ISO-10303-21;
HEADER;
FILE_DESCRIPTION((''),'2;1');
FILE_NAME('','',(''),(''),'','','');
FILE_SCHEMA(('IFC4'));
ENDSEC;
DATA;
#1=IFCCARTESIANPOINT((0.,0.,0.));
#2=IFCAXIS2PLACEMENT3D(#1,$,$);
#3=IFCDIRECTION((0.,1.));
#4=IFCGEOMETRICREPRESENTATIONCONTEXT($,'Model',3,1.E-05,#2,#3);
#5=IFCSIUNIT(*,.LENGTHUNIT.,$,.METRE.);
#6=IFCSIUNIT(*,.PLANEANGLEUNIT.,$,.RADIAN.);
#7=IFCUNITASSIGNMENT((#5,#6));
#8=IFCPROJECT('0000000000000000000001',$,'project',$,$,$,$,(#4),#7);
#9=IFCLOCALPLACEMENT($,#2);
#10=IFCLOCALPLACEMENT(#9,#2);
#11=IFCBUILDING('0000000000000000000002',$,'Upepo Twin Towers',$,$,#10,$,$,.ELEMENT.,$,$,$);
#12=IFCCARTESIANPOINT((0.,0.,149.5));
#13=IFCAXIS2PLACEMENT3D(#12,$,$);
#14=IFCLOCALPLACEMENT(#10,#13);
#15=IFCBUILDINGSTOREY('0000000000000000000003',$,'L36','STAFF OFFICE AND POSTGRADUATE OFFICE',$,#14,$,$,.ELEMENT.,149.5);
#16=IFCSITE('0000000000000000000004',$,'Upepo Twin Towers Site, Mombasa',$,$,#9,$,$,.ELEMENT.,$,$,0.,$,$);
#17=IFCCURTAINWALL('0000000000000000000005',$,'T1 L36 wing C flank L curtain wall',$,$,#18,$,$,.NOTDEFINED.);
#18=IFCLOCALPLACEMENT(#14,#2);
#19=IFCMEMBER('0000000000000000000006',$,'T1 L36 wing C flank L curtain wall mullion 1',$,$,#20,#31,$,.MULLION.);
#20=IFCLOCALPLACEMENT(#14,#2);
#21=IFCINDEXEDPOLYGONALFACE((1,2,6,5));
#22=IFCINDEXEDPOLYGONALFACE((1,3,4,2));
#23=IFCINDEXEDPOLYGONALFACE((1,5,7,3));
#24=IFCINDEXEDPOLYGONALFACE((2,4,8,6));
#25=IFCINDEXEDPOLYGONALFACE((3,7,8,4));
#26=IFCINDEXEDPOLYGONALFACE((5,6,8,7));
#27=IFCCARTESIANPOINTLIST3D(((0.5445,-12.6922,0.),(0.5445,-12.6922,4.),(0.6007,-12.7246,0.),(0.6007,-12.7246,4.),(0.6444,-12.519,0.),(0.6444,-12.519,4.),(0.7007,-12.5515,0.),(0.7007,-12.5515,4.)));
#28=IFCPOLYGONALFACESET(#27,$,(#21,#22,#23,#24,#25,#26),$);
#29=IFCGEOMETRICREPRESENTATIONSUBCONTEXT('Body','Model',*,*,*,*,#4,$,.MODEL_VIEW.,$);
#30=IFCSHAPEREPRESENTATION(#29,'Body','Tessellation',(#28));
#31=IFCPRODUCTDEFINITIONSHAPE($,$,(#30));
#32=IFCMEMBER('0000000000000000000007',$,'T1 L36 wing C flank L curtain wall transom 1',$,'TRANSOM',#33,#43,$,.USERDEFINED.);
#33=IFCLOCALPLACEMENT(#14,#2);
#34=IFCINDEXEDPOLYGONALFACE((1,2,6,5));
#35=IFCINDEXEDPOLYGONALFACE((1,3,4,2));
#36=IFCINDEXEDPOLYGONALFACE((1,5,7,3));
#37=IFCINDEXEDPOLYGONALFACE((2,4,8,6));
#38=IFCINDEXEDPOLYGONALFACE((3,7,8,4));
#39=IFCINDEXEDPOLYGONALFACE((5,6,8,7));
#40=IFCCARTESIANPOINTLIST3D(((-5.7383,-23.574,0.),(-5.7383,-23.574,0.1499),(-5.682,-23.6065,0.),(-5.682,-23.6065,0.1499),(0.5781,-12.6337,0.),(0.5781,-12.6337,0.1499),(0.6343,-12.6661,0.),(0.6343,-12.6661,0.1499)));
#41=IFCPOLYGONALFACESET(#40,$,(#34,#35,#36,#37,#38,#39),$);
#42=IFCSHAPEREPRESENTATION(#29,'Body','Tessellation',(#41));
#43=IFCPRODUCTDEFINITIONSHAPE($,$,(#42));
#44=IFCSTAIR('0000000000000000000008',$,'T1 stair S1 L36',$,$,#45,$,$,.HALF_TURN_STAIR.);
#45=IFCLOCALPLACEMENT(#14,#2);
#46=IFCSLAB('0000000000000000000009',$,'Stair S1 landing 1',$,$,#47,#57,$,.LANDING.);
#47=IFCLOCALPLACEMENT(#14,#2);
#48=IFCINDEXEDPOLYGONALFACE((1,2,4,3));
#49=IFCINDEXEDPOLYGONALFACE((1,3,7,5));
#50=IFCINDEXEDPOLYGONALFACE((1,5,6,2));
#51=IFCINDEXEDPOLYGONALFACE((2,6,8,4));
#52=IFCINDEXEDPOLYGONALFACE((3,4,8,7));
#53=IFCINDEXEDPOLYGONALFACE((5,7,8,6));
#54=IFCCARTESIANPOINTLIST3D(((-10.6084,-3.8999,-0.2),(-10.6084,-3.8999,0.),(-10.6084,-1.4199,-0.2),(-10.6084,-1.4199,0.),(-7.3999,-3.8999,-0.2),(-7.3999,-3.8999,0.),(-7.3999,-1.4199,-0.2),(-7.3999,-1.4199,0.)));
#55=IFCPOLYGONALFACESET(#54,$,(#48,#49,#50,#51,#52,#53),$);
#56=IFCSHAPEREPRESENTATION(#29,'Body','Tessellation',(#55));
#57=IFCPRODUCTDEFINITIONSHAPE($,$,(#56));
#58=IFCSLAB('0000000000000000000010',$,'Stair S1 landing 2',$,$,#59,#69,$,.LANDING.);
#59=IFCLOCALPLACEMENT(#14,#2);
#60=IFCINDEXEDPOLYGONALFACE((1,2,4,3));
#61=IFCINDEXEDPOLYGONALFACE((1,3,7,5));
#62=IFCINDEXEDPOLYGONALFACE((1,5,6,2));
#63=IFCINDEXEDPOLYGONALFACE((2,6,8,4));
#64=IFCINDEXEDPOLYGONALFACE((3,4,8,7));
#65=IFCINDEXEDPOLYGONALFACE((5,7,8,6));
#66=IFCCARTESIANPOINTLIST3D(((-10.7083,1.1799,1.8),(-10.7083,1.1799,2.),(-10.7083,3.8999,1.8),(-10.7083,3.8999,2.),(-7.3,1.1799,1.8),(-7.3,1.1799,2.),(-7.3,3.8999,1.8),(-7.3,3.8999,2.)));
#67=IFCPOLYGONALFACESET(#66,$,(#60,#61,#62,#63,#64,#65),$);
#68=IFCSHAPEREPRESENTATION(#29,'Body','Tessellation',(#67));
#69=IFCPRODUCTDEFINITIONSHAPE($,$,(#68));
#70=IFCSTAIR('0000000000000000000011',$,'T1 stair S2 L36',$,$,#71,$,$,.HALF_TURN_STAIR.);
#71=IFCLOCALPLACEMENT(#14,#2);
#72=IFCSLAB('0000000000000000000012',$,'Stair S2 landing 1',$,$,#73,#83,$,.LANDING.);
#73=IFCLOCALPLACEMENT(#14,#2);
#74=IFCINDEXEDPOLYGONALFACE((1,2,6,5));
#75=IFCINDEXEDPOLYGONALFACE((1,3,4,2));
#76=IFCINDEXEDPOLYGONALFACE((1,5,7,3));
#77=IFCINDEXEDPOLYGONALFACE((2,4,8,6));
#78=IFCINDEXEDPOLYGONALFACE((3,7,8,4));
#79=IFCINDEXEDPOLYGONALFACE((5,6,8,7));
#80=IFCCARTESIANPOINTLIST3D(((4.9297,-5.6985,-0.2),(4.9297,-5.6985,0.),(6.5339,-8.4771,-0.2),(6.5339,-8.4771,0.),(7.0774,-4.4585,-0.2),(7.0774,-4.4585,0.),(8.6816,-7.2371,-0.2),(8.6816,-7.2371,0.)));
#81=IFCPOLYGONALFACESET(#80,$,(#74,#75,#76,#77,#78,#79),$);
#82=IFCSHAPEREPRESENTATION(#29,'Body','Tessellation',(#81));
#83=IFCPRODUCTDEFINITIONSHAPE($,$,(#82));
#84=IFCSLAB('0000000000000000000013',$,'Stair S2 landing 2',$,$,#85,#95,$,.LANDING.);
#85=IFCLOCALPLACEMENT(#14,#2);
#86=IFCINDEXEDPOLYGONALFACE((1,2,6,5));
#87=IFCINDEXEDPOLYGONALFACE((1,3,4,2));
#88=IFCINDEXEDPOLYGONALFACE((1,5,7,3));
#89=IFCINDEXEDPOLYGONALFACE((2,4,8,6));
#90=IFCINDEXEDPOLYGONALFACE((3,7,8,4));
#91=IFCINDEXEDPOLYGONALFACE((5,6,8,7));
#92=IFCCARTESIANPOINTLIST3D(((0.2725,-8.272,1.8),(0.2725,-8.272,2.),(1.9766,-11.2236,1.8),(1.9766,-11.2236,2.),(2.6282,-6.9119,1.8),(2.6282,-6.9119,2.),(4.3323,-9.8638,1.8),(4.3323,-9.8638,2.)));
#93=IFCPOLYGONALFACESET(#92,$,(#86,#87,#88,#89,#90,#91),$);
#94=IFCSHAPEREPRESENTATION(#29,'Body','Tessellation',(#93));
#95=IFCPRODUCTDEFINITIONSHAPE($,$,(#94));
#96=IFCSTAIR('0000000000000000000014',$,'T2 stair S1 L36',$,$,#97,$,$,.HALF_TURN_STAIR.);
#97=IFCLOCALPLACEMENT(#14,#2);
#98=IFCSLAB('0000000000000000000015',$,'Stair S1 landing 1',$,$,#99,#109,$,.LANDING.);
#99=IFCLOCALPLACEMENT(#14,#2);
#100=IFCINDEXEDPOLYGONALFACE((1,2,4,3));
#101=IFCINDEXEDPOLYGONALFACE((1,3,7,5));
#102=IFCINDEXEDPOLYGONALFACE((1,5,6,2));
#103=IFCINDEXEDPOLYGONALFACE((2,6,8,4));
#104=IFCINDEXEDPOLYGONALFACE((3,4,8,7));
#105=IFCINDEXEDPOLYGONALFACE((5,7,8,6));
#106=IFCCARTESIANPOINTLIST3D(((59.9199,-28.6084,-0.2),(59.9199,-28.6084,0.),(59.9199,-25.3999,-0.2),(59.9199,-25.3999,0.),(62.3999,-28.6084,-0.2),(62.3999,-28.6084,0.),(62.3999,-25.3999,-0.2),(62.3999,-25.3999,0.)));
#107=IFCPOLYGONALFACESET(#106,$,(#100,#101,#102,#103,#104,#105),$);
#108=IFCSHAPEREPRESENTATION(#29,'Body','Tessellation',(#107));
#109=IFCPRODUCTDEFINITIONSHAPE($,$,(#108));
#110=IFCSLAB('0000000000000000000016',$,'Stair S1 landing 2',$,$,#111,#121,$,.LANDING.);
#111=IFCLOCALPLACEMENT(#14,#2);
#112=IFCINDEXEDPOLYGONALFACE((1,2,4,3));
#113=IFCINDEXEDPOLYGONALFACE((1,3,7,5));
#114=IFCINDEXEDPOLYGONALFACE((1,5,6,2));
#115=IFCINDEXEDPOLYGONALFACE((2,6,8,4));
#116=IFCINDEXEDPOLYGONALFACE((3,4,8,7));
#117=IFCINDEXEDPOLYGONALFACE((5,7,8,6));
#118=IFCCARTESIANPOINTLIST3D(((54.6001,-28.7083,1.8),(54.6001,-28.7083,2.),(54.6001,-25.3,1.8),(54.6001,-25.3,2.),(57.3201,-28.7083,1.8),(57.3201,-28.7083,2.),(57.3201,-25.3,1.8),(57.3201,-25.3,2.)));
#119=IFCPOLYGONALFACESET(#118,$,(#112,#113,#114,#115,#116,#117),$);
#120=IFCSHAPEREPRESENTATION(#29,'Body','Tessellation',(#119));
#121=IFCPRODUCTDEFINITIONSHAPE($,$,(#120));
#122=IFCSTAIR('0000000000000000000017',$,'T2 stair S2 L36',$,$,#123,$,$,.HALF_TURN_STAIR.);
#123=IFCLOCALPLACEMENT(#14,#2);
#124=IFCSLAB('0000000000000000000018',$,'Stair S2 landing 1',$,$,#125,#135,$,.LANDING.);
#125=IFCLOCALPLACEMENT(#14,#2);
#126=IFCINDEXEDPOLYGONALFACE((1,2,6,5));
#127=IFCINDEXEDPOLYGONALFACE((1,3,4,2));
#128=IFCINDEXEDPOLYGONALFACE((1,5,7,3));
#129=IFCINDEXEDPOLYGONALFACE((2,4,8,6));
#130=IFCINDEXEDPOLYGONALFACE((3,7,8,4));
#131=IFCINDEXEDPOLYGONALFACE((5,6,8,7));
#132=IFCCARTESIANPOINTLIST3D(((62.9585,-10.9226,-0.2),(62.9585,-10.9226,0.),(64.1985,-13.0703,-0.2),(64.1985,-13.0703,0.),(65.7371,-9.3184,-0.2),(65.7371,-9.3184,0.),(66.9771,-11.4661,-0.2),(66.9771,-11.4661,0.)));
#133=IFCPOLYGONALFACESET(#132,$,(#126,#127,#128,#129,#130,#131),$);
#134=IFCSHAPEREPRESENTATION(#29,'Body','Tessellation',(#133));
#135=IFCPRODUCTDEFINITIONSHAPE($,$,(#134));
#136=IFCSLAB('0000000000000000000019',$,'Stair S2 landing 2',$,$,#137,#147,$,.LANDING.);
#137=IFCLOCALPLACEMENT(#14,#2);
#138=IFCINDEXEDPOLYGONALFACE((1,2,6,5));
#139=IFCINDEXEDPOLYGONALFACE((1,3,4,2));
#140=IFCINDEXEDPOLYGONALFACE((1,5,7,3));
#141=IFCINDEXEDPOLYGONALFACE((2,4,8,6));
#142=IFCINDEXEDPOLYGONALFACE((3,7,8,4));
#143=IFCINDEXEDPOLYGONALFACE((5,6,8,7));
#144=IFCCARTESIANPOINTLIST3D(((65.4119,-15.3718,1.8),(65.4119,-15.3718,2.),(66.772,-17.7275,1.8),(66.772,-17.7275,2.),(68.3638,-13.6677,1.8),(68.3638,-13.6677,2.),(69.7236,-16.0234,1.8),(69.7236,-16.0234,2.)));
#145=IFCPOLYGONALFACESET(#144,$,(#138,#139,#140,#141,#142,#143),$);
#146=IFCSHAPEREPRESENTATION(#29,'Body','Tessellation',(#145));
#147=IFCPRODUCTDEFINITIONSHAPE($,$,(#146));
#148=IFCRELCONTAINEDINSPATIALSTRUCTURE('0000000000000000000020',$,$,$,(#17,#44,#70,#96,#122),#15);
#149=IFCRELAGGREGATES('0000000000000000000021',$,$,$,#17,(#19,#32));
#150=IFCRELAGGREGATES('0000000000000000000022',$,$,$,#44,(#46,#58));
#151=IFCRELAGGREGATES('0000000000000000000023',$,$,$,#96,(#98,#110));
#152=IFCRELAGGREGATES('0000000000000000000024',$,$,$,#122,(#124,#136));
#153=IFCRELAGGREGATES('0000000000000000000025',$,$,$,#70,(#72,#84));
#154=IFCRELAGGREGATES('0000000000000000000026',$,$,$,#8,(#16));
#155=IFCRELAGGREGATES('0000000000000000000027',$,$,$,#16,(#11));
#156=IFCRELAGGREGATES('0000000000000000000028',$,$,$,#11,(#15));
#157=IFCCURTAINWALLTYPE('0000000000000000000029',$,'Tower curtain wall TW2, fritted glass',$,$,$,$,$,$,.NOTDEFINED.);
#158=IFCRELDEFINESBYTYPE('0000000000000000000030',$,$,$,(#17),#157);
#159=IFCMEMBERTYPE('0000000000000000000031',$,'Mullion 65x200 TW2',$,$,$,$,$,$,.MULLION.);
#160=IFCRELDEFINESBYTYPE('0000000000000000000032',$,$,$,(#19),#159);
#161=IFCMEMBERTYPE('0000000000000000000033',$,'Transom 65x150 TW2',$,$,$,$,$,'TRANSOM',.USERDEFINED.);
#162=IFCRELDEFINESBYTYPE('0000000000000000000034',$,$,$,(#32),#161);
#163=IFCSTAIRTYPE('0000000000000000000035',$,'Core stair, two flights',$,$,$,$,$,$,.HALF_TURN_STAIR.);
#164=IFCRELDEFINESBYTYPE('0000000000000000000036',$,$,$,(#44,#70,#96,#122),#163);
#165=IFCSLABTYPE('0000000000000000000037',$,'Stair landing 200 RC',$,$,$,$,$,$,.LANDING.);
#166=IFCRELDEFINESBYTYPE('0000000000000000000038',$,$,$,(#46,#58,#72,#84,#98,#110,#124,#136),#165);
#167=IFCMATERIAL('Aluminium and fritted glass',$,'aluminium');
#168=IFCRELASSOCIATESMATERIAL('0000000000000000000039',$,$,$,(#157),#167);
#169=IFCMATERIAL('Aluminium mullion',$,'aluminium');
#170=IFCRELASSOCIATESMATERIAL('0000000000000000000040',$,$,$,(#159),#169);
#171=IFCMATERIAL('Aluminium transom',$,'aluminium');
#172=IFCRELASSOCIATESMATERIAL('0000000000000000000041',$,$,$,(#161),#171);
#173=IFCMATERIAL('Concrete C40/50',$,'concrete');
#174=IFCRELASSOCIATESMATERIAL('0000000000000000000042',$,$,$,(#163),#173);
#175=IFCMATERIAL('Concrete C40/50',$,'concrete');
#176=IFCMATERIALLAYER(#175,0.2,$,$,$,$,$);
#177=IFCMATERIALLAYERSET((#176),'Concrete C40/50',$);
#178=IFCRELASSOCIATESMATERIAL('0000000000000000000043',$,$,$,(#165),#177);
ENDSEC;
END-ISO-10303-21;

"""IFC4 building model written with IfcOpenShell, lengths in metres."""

from ifc_helpers import new_model, si_unit, direction, frame, origin, origin_2d, place, context, subcontext, project, spatial, polyline, rectangle, outline, extrude, material, layer, layer_set, material_profile, profile_set, type_object, element, aggregate, save


model = new_model("IFC4")

# Units and contexts
model_context = context("Model", 3, precision=1e-05, world=origin(), true_north=direction((0.0, 1.0)))
body_context = subcontext(model_context, "Body", "Model", "MODEL_VIEW")
ifc_project = project(units=[si_unit("LENGTHUNIT", "METRE"), si_unit("PLANEANGLEUNIT", "RADIAN")], contexts=[model_context])

# Site, building, storey
site_placement = place(None, origin())
site = spatial("IfcSite", under=ifc_project, at=site_placement, Name="Upepo Twin Towers Site, Mombasa", CompositionType="ELEMENT", RefElevation=0.0)
building_placement = place(site_placement, origin())
building = spatial("IfcBuilding", under=site, at=building_placement, Name="Upepo Twin Towers", CompositionType="ELEMENT")
storey_placement = place(building_placement, frame((0.0, 0.0, 149.5)))
storey = spatial("IfcBuildingStorey", under=building, at=storey_placement, Name="L36", Description="STAFF OFFICE AND POSTGRADUATE OFFICE", CompositionType="ELEMENT", Elevation=149.5)

# Curtain wall, members
ifc_material_1 = material(Name="Aluminium and fritted glass", Category="aluminium")
curtain_wall_type = type_object("IfcCurtainWallType", Name="Tower curtain wall TW2, fritted glass", PredefinedType="NOTDEFINED", material=ifc_material_1)
curtain_wall_placement = place(storey_placement, origin())
curtain_wall = element("IfcCurtainWall", 1, at=curtain_wall_placement, inside=storey, type_object=curtain_wall_type, Name="T1 L36 wing C flank L curtain wall", PredefinedType="NOTDEFINED")
ifc_material_2 = material(Name="Aluminium mullion", Category="aluminium")
ifc_material_profile_1 = material_profile(ifc_material_2, rectangle(XDim=0.0649, YDim=0.2, at=origin_2d()), Name="MULLION 65x200")
ifc_profile_set_1 = profile_set([ifc_material_profile_1], Name="Aluminium mullion")
member_type_1 = type_object("IfcMemberType", Name="Mullion 65x200 TW2", PredefinedType="MULLION", material=ifc_profile_set_1)
member_1_placement = place(storey_placement, frame((0.6226, -12.6218, 0.0), z_axis=(0.0, 0.0, 1.0), x_axis=(0.866025, -0.5, 0.0)))
member_1 = element("IfcMember", 2, at=member_1_placement, type_object=member_type_1, Name="T1 L36 wing C flank L curtain wall mullion 1", PredefinedType="MULLION", context=body_context, shape_type="SweptSolid", body=[
    extrude(rectangle(XDim=0.0649, YDim=0.2, at=origin_2d()), origin(), (0.0, 0.0, 1.0), 4.0),
])
ifc_material_3 = material(Name="Aluminium transom", Category="aluminium")
ifc_material_profile_2 = material_profile(ifc_material_3, rectangle(XDim=0.0649, YDim=0.1499, at=origin_2d()), Name="TRANSOM 65x150")
ifc_profile_set_2 = profile_set([ifc_material_profile_2], Name="Aluminium transom")
member_type_2 = type_object("IfcMemberType", Name="Transom 65x150 TW2", ElementType="TRANSOM", PredefinedType="USERDEFINED", material=ifc_profile_set_2)
member_2_placement = place(storey_placement, frame((0.6062, -12.6499, 0.075), z_axis=(-0.499997, -0.866027, 0.0), x_axis=(0.866027, -0.499997, 0.0)))
member_2 = element("IfcMember", 3, at=member_2_placement, type_object=member_type_2, Name="T1 L36 wing C flank L curtain wall transom 1", ObjectType="TRANSOM", PredefinedType="USERDEFINED", context=body_context, shape_type="SweptSolid", body=[
    extrude(rectangle(XDim=0.0649, YDim=0.1499, at=origin_2d()), origin(), (0.0, 0.0, 1.0), 12.6328),
])
aggregate(curtain_wall, [member_1, member_2])

# Stairs, slabs
ifc_material_4 = material(Name="Concrete C40/50", Category="concrete")
stair_type = type_object("IfcStairType", Name="Core stair, two flights", PredefinedType="HALF_TURN_STAIR", material=ifc_material_4)
stair_1_placement = place(storey_placement, origin())
stair_1 = element("IfcStair", 4, at=stair_1_placement, inside=storey, type_object=stair_type, Name="T1 stair S1 L36", PredefinedType="HALF_TURN_STAIR")
ifc_material_5 = material(Name="Concrete C40/50", Category="concrete")
ifc_layer_1 = layer(ifc_material_5, 0.2)
ifc_layer_set_1 = layer_set([ifc_layer_1], Name="Concrete C40/50")
slab_type_1 = type_object("IfcSlabType", Name="Stair landing 200 RC", PredefinedType="LANDING", material=ifc_layer_set_1)
slab_1_placement = place(storey_placement, frame((0.0, 0.0, -0.2)))
slab_1 = element("IfcSlab", 5, at=slab_1_placement, type_object=slab_type_1, Name="Stair S1 landing 1", PredefinedType="LANDING", context=body_context, shape_type="SweptSolid", body=[
    extrude(outline(polyline([(-7.3999, -1.4199), (-10.6084, -1.4199), (-10.6084, -3.8999), (-7.3999, -3.8999), (-7.3999, -1.4199)])), origin(), (0.0, 0.0, 1.0), 0.2),
])
slab_2_placement = place(storey_placement, frame((0.0, 0.0, 1.8)))
slab_2 = element("IfcSlab", 6, at=slab_2_placement, type_object=slab_type_1, Name="Stair S1 landing 2", PredefinedType="LANDING", context=body_context, shape_type="SweptSolid", body=[
    extrude(outline(polyline([(-7.3, 3.8999), (-10.7083, 3.8999), (-10.7083, 1.1799), (-7.3, 1.1799), (-7.3, 3.8999)])), origin(), (0.0, 0.0, 1.0), 0.2),
])
aggregate(stair_1, [slab_1, slab_2])
stair_2_placement = place(storey_placement, origin())
stair_2 = element("IfcStair", 7, at=stair_2_placement, inside=storey, type_object=stair_type, Name="T1 stair S2 L36", PredefinedType="HALF_TURN_STAIR")
slab_3_placement = place(storey_placement, frame((0.0, 0.0, -0.2)))
slab_3 = element("IfcSlab", 8, at=slab_3_placement, type_object=slab_type_1, Name="Stair S2 landing 1", PredefinedType="LANDING", context=body_context, shape_type="SweptSolid", body=[
    extrude(outline(polyline([(4.9297, -5.6985), (6.5339, -8.4771), (8.6816, -7.2371), (7.0774, -4.4585), (4.9297, -5.6985)])), origin(), (0.0, 0.0, 1.0), 0.2),
])
slab_4_placement = place(storey_placement, frame((0.0, 0.0, 1.8)))
slab_4 = element("IfcSlab", 9, at=slab_4_placement, type_object=slab_type_1, Name="Stair S2 landing 2", PredefinedType="LANDING", context=body_context, shape_type="SweptSolid", body=[
    extrude(outline(polyline([(0.2725, -8.272), (1.9766, -11.2236), (4.3323, -9.8638), (2.6282, -6.9119), (0.2725, -8.272)])), origin(), (0.0, 0.0, 1.0), 0.2),
])
stair_3_placement = place(storey_placement, origin())
stair_3 = element("IfcStair", 10, at=stair_3_placement, inside=storey, type_object=stair_type, Name="T2 stair S1 L36", PredefinedType="HALF_TURN_STAIR")
slab_5_placement = place(storey_placement, frame((0.0, 0.0, -0.2)))
slab_5 = element("IfcSlab", 11, at=slab_5_placement, type_object=slab_type_1, Name="Stair S1 landing 1", PredefinedType="LANDING", context=body_context, shape_type="SweptSolid", body=[
    extrude(outline(polyline([(59.9199, -25.3999), (59.9199, -28.6084), (62.3999, -28.6084), (62.3999, -25.3999), (59.9199, -25.3999)])), origin(), (0.0, 0.0, 1.0), 0.2),
])
slab_6_placement = place(storey_placement, frame((0.0, 0.0, 1.8)))
slab_6 = element("IfcSlab", 12, at=slab_6_placement, type_object=slab_type_1, Name="Stair S1 landing 2", PredefinedType="LANDING", context=body_context, shape_type="SweptSolid", body=[
    extrude(outline(polyline([(54.6001, -25.3), (54.6001, -28.7083), (57.3201, -28.7083), (57.3201, -25.3), (54.6001, -25.3)])), origin(), (0.0, 0.0, 1.0), 0.2),
])
aggregate(stair_3, [slab_5, slab_6])
stair_4_placement = place(storey_placement, origin())
stair_4 = element("IfcStair", 13, at=stair_4_placement, inside=storey, type_object=stair_type, Name="T2 stair S2 L36", PredefinedType="HALF_TURN_STAIR")
slab_7_placement = place(storey_placement, frame((0.0, 0.0, -0.2)))
slab_7 = element("IfcSlab", 14, at=slab_7_placement, type_object=slab_type_1, Name="Stair S2 landing 1", PredefinedType="LANDING", context=body_context, shape_type="SweptSolid", body=[
    extrude(outline(polyline([(64.1985, -13.0703), (66.9771, -11.4661), (65.7371, -9.3184), (62.9585, -10.9226), (64.1985, -13.0703)])), origin(), (0.0, 0.0, 1.0), 0.2),
])
slab_8_placement = place(storey_placement, frame((0.0, 0.0, 1.8)))
slab_8 = element("IfcSlab", 15, at=slab_8_placement, type_object=slab_type_1, Name="Stair S2 landing 2", PredefinedType="LANDING", context=body_context, shape_type="SweptSolid", body=[
    extrude(outline(polyline([(66.772, -17.7275), (69.7236, -16.0234), (68.3638, -13.6677), (65.4119, -15.3718), (66.772, -17.7275)])), origin(), (0.0, 0.0, 1.0), 0.2),
])
aggregate(stair_4, [slab_7, slab_8])

aggregate(stair_2, [slab_3, slab_4])

save(model, "model.ifc")
